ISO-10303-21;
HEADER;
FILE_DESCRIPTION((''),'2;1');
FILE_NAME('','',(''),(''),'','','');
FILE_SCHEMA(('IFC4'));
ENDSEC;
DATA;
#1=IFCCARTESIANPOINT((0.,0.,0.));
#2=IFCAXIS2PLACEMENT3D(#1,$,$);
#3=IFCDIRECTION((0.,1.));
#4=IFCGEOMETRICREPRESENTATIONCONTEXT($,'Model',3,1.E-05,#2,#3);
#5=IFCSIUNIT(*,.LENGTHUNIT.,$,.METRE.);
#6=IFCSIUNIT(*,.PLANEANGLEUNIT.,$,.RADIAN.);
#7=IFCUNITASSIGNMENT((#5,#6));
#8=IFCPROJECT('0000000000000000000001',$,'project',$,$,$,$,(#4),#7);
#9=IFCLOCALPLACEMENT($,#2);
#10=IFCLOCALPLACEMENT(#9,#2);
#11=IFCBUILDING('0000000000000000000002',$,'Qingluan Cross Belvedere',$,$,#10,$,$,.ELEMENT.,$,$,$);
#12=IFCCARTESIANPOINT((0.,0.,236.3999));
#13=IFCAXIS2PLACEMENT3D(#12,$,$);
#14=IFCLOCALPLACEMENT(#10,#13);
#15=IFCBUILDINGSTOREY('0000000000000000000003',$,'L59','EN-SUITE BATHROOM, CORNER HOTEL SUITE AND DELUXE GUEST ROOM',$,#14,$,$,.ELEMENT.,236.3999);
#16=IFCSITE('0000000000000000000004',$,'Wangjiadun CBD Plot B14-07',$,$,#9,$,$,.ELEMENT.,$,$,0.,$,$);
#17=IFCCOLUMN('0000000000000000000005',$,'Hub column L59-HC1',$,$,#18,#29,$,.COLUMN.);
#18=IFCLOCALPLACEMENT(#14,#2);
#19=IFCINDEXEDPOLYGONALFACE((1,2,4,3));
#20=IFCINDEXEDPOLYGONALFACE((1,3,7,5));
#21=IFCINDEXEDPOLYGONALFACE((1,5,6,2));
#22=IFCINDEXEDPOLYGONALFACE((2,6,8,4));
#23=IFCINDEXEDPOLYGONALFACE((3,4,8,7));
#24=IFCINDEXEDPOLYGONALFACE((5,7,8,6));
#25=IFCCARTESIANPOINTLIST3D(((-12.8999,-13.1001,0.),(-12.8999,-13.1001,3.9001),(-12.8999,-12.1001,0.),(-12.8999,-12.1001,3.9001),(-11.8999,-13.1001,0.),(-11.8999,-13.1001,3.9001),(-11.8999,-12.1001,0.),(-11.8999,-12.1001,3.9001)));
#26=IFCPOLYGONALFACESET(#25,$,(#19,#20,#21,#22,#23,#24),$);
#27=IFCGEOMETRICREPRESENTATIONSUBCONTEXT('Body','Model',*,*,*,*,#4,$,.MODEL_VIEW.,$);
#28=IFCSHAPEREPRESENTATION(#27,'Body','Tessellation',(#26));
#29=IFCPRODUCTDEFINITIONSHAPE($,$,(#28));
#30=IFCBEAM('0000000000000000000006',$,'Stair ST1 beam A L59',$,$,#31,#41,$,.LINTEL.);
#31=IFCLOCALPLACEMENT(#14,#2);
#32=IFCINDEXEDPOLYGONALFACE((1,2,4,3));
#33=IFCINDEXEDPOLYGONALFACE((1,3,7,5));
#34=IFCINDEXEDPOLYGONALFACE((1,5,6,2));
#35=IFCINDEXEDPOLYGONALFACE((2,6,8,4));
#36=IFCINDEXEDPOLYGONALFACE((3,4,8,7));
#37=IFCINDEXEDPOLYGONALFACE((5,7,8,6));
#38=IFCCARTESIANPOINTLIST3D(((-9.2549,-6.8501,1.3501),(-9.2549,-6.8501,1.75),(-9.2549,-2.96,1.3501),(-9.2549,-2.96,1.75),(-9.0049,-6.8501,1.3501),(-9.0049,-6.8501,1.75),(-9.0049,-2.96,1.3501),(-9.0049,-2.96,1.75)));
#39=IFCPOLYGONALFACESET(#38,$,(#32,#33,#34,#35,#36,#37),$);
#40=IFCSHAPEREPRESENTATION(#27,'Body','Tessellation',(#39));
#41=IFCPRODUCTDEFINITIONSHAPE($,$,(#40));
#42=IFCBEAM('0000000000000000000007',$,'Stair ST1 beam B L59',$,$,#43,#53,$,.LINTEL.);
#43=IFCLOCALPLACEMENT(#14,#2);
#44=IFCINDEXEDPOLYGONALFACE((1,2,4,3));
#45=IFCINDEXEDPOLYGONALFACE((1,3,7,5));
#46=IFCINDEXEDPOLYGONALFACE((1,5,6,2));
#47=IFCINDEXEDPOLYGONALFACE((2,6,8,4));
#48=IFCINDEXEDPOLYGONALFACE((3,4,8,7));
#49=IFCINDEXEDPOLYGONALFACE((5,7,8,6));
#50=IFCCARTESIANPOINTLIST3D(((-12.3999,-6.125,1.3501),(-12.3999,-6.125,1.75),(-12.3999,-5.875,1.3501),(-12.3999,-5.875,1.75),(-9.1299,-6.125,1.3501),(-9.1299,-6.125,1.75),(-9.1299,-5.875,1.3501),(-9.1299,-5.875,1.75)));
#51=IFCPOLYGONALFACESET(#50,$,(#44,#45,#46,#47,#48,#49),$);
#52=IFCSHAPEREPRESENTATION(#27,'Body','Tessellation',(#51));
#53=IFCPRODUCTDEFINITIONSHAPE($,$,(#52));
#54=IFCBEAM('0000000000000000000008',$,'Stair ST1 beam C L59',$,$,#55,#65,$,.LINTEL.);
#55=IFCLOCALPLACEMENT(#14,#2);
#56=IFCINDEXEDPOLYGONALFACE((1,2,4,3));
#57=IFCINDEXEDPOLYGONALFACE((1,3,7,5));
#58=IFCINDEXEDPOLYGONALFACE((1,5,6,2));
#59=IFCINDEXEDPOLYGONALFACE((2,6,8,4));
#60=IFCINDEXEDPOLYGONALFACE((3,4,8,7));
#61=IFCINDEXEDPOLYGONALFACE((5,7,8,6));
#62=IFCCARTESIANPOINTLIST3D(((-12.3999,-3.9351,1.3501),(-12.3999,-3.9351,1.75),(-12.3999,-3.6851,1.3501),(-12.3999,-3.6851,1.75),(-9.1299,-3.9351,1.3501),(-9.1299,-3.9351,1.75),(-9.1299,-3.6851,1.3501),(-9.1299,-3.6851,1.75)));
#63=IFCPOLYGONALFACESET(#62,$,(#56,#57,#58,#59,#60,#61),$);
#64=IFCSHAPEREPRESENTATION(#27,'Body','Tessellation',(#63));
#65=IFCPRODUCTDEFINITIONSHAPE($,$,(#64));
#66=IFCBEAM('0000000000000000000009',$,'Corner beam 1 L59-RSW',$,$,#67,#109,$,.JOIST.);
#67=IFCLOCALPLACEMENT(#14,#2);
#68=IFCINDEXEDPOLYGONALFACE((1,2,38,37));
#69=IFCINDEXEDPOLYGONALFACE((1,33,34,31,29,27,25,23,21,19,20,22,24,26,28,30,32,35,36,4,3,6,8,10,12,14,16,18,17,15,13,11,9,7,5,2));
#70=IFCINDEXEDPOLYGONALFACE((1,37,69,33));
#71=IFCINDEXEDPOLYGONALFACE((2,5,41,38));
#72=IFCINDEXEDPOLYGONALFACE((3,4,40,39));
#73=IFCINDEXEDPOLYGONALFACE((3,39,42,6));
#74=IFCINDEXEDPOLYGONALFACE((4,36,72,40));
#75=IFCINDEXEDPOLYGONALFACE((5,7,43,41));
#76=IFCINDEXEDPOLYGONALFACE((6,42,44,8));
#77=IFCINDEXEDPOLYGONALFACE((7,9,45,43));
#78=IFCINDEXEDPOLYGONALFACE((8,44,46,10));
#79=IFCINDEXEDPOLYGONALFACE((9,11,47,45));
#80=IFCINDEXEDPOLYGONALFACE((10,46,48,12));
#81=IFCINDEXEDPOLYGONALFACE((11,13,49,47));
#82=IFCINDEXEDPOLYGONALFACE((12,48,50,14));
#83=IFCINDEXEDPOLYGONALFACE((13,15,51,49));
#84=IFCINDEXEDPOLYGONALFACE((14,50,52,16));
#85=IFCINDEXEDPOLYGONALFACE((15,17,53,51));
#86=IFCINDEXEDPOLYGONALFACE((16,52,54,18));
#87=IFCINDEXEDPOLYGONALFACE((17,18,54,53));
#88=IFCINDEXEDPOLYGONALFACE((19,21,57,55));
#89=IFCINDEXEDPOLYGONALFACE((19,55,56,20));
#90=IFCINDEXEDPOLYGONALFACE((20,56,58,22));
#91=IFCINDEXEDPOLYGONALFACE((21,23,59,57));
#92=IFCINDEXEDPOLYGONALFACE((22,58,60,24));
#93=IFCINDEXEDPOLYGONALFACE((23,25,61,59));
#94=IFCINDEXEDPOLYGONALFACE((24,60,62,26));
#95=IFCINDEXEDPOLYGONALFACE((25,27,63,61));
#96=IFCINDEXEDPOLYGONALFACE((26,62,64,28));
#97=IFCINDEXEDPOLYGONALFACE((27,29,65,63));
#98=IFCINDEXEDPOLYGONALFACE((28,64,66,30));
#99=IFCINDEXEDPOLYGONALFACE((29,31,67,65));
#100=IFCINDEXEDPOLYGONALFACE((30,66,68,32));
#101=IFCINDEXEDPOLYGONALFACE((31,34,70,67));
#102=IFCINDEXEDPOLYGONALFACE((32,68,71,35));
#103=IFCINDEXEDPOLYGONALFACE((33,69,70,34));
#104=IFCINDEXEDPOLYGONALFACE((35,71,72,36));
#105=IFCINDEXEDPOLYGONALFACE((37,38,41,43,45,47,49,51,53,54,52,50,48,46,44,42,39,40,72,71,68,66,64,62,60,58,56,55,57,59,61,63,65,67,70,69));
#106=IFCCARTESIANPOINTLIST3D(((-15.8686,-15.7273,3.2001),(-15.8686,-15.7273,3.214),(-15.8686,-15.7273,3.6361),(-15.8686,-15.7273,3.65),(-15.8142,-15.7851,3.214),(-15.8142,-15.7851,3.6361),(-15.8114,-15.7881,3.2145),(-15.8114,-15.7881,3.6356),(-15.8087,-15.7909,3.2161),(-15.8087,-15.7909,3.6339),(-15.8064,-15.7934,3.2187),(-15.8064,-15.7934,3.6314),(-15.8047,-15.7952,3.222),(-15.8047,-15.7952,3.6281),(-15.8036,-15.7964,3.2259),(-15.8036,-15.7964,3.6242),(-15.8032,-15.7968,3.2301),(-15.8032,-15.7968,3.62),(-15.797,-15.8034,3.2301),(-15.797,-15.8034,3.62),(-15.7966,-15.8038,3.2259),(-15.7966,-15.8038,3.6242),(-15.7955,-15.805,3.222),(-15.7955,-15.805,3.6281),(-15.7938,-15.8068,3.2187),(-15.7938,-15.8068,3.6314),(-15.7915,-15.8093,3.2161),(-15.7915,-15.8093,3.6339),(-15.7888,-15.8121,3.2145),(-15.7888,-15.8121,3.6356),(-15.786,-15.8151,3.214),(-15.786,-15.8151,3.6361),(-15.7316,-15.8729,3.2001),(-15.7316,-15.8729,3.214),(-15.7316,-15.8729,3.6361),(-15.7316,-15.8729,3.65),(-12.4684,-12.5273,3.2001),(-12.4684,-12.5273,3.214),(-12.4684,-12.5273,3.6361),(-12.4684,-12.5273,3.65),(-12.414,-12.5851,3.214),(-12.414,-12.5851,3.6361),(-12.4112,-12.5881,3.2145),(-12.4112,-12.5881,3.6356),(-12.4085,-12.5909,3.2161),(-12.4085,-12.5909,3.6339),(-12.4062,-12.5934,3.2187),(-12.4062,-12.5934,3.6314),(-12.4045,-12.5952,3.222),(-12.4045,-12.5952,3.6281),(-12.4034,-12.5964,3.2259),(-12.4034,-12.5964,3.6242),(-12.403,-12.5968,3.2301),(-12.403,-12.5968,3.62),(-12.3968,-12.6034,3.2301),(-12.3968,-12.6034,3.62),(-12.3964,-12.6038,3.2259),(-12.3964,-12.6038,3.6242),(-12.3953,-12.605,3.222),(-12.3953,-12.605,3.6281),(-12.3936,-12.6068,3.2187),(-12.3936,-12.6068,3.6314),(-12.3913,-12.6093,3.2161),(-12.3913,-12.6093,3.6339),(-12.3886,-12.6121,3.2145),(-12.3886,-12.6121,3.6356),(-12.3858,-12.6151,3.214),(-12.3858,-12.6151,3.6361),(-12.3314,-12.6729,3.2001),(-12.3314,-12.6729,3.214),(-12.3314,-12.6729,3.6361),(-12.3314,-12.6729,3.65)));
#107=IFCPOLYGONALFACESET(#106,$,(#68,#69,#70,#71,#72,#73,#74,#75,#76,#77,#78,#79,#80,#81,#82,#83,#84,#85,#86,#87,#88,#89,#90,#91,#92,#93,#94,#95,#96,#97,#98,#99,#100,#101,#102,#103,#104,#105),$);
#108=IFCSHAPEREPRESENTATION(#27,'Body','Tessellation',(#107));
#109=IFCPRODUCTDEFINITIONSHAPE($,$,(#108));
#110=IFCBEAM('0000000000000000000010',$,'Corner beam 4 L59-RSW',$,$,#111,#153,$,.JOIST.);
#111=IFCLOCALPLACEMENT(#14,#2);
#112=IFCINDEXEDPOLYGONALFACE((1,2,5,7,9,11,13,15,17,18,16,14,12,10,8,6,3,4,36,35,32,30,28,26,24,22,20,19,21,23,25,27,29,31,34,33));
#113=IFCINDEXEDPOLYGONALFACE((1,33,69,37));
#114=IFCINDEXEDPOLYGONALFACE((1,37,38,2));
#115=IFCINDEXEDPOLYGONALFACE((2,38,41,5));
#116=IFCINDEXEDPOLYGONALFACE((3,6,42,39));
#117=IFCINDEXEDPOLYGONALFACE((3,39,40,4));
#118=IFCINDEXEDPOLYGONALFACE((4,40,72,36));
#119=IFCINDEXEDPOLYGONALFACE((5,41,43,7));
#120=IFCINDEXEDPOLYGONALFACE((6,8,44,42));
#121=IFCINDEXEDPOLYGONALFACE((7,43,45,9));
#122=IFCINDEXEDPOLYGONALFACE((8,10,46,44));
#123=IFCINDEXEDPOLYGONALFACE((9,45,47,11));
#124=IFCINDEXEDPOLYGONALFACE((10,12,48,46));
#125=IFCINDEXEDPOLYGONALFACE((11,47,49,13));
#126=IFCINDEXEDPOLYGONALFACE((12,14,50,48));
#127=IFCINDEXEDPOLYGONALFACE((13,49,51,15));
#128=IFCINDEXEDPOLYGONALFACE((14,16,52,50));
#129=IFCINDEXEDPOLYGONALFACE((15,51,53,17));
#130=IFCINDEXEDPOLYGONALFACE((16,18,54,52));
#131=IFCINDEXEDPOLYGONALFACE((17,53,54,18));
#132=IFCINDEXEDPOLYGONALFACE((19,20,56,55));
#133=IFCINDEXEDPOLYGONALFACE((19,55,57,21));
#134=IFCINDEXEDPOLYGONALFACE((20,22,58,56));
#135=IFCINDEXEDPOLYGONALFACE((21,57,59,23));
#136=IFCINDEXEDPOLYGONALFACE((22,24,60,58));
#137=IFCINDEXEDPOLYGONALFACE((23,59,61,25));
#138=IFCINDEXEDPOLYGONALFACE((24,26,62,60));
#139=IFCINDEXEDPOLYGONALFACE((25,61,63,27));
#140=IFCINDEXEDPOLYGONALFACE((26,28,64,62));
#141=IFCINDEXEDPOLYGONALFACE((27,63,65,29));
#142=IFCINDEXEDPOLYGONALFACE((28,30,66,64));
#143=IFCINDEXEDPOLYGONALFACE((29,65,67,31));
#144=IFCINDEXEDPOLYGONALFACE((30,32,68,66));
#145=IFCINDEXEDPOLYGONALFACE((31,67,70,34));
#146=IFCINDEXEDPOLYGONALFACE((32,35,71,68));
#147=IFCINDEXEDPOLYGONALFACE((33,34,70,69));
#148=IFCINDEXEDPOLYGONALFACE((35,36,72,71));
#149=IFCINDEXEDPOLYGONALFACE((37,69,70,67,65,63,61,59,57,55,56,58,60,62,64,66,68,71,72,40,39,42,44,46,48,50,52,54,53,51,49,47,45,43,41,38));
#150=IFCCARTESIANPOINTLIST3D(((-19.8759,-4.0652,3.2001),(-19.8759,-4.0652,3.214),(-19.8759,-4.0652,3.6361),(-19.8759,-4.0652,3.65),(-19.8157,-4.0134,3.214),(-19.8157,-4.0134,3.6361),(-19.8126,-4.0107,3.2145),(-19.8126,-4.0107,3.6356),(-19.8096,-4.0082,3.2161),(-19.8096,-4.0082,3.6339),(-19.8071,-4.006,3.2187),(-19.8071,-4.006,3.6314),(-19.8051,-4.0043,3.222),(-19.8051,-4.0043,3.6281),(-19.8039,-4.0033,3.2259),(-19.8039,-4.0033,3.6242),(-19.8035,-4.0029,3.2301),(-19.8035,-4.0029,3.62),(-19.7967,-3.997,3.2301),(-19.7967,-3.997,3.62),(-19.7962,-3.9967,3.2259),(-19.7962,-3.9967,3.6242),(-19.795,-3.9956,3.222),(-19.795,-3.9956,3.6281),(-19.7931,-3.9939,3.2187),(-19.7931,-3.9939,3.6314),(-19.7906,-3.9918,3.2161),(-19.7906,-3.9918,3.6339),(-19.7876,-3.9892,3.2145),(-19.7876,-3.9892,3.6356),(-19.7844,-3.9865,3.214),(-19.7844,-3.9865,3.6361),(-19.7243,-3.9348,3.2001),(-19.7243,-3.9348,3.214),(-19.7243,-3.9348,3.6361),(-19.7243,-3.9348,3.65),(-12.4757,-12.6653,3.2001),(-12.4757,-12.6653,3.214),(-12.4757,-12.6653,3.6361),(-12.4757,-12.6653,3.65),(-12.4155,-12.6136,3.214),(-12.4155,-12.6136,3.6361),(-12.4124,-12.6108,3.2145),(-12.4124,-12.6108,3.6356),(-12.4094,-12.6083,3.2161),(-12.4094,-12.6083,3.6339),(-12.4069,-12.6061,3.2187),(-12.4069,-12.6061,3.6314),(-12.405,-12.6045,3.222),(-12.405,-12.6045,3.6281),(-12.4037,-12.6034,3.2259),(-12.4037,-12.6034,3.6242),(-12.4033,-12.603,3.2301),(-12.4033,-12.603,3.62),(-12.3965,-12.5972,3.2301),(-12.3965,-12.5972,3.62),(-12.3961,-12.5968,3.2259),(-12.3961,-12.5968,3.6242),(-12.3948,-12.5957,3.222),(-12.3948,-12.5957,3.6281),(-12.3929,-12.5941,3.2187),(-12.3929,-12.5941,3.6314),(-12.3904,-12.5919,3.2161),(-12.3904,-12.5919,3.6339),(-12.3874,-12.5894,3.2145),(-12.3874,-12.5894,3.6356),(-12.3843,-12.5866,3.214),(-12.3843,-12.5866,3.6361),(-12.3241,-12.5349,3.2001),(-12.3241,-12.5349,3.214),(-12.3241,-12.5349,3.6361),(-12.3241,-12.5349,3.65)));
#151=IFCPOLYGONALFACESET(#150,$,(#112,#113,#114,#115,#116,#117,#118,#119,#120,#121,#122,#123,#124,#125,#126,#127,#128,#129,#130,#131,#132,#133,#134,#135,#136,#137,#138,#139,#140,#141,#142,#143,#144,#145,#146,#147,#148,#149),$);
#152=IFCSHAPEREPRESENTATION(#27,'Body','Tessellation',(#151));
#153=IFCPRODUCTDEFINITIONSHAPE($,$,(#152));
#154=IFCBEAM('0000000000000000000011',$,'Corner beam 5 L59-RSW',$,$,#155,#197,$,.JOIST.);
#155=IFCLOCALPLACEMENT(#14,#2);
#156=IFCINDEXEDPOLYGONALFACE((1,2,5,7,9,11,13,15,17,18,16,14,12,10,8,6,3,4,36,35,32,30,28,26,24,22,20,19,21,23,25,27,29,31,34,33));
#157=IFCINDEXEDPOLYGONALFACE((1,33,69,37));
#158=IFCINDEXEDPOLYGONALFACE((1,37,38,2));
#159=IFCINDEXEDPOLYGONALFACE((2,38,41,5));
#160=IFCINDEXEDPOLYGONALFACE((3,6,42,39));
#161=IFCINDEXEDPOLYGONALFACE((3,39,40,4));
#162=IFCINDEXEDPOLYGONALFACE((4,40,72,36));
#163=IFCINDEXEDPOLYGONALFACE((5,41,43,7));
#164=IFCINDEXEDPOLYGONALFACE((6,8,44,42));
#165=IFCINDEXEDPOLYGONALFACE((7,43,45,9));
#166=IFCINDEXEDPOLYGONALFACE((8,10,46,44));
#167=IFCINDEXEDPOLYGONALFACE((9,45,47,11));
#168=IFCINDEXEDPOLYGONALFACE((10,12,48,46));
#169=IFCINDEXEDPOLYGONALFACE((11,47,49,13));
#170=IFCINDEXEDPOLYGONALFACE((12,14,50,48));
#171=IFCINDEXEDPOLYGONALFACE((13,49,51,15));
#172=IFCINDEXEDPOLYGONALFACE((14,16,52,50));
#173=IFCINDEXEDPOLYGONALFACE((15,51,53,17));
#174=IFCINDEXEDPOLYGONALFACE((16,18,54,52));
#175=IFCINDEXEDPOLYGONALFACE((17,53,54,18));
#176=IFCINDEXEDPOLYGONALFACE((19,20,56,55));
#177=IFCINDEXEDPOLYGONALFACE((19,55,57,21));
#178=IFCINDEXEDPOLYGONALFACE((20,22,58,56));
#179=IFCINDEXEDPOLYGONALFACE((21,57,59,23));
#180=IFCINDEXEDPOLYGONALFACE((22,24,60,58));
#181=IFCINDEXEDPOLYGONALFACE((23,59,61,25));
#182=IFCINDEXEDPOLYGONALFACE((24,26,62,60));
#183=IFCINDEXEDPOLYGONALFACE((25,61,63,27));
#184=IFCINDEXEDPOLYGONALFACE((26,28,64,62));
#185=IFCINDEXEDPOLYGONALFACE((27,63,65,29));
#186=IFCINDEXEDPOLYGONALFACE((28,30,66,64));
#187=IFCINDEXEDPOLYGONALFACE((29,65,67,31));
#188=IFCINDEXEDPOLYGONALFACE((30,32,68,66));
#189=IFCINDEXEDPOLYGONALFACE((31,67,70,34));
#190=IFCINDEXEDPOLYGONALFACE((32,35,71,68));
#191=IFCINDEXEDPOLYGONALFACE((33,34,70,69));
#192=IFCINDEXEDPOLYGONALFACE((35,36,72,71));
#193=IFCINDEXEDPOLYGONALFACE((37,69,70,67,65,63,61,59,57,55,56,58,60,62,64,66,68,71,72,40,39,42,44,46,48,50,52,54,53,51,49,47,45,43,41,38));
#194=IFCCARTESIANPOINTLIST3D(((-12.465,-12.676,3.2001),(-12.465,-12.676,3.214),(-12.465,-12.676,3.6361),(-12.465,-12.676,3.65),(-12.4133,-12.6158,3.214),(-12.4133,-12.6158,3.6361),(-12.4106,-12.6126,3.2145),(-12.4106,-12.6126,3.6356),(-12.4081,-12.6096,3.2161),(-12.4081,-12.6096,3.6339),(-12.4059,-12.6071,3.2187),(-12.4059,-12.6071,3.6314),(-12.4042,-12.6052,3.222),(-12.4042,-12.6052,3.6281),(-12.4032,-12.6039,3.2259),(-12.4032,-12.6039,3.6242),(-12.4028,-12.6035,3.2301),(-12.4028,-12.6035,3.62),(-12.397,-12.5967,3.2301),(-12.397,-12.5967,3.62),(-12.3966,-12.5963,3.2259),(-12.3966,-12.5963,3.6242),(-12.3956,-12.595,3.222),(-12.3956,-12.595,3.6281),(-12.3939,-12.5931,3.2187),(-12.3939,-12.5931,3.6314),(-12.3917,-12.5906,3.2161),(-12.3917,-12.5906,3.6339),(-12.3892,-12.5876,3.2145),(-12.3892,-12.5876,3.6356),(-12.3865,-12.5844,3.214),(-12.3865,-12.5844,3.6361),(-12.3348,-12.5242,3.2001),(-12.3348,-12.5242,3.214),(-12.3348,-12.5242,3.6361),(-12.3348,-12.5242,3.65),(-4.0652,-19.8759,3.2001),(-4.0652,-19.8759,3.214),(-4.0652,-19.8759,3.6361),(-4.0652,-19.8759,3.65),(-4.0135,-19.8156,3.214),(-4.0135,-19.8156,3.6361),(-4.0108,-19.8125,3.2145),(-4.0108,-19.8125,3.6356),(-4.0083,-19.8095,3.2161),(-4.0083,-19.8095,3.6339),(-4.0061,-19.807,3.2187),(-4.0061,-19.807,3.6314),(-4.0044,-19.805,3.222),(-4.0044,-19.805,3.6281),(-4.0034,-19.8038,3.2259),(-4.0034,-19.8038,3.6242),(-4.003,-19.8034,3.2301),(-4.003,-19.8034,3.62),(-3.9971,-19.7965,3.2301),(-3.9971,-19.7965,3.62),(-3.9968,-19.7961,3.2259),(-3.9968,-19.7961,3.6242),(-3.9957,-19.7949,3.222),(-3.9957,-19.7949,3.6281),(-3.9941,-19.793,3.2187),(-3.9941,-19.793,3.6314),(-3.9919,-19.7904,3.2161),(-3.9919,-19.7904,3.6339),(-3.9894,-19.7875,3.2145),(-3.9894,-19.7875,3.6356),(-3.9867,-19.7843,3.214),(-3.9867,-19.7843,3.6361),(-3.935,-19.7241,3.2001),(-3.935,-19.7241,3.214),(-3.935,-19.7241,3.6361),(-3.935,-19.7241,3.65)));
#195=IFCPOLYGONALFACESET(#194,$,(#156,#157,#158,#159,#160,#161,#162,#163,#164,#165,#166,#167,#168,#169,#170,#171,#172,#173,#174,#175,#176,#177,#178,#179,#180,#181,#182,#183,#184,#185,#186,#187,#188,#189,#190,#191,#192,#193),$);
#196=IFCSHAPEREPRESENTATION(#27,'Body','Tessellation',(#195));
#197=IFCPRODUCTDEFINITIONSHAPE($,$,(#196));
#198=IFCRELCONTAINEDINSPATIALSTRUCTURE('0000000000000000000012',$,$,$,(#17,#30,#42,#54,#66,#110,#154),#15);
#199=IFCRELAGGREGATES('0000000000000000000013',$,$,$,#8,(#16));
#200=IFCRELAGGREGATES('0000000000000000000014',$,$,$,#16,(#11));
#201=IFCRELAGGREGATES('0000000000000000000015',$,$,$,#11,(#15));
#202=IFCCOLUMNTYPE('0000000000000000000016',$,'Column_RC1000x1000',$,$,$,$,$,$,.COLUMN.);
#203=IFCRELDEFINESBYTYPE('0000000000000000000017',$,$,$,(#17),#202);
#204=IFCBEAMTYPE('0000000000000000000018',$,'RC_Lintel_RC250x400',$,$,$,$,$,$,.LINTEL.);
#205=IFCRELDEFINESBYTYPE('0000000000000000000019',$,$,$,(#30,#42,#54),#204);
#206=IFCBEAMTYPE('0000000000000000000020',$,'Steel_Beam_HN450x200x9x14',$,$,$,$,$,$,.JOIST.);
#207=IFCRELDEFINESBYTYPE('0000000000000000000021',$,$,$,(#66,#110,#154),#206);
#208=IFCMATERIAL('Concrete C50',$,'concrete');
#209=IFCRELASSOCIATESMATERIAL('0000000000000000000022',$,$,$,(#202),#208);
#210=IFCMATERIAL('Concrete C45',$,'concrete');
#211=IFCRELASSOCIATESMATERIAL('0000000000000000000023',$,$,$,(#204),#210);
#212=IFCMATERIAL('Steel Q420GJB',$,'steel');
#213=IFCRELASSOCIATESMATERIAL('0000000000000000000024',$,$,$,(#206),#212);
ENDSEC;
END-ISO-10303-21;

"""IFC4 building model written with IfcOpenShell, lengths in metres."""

from ifc_helpers import new_model, si_unit, direction, frame, origin, origin_2d, place, context, subcontext, project, spatial, rectangle, i_section, extrude, material, material_profile, profile_set, type_object, element, save


model = new_model("IFC4")

# Units and contexts
model_context = context("Model", 3, precision=1e-05, world=origin(), true_north=direction((0.0, 1.0)))
body_context = subcontext(model_context, "Body", "Model", "MODEL_VIEW")
ifc_project = project(units=[si_unit("LENGTHUNIT", "METRE"), si_unit("PLANEANGLEUNIT", "RADIAN")], contexts=[model_context])

# Site, building, storey
site_placement = place(None, origin())
site = spatial("IfcSite", under=ifc_project, at=site_placement, Name="Wangjiadun CBD Plot B14-07", CompositionType="ELEMENT", RefElevation=0.0)
building_placement = place(site_placement, origin())
building = spatial("IfcBuilding", under=site, at=building_placement, Name="Qingluan Cross Belvedere", CompositionType="ELEMENT")
storey_placement = place(building_placement, frame((0.0, 0.0, 236.3999)))
storey = spatial("IfcBuildingStorey", under=building, at=storey_placement, Name="L59", Description="EN-SUITE BATHROOM, CORNER HOTEL SUITE AND DELUXE GUEST ROOM", CompositionType="ELEMENT", Elevation=236.3999)

# Column
ifc_material_1 = material(Name="Concrete C50", Category="concrete")
ifc_material_profile_1 = material_profile(ifc_material_1, rectangle(XDim=1.0, YDim=1.0, at=origin_2d()), Name="RC1000x1000")
ifc_profile_set_1 = profile_set([ifc_material_profile_1], Name="Concrete C50")
column_type = type_object("IfcColumnType", Name="Column_RC1000x1000", PredefinedType="COLUMN", material=ifc_profile_set_1)
column_placement = place(storey_placement, frame((-12.3999, -12.6001, 0.0), z_axis=(0.0, 0.0, 1.0), x_axis=(1.0, 0.0, 0.0)))
element("IfcColumn", 1, at=column_placement, inside=storey, type_object=column_type, Name="Hub column L59-HC1", PredefinedType="COLUMN", context=body_context, shape_type="SweptSolid", body=[
    extrude(rectangle(XDim=1.0, YDim=1.0, at=origin_2d()), origin(), (0.0, 0.0, 1.0), 3.9001),
])

# Beams
ifc_material_2 = material(Name="Concrete C45", Category="concrete")
ifc_material_profile_2 = material_profile(ifc_material_2, rectangle(XDim=0.25, YDim=0.3999, at=origin_2d()), Name="RC250x400")
ifc_profile_set_2 = profile_set([ifc_material_profile_2], Name="Concrete C45")
beam_type_1 = type_object("IfcBeamType", Name="RC_Lintel_RC250x400", PredefinedType="LINTEL", material=ifc_profile_set_2)
beam_1_placement = place(storey_placement, frame((-9.1299, -6.8501, 1.55), z_axis=(0.0, 1.0, 0.0), x_axis=(-1.0, 0.0, 0.0)))
element("IfcBeam", 2, at=beam_1_placement, inside=storey, type_object=beam_type_1, Name="Stair ST1 beam A L59", PredefinedType="LINTEL", context=body_context, shape_type="SweptSolid", body=[
    extrude(rectangle(XDim=0.25, YDim=0.3999, at=origin_2d()), origin(), (0.0, 0.0, 1.0), 3.8901),
])
for number, where, z_axis, x_axis, name in (
    (3, (-12.3999, -6.0, 1.55), (1.0, 0.0, 0.0), (0.0, 1.0, 0.0), "Stair ST1 beam B L59"),
    (4, (-12.3999, -3.8101, 1.55), (1.0, 0.0, 0.0), (0.0, 1.0, 0.0), "Stair ST1 beam C L59"),
):
    element("IfcBeam", number, at=place(storey_placement, frame(where, z_axis=z_axis, x_axis=x_axis)), inside=storey, type_object=beam_type_1, Name=name, PredefinedType="LINTEL", context=body_context, shape_type="SweptSolid", body=[
        extrude(rectangle(XDim=0.25, YDim=0.3999, at=origin_2d()), origin(), (0.0, 0.0, 1.0), 3.27),
    ])
ifc_material_3 = material(Name="Steel Q420GJB", Category="steel")
ifc_material_profile_3 = material_profile(ifc_material_3, i_section(OverallWidth=0.2, OverallDepth=0.45, WebThickness=0.009, FlangeThickness=0.0139, FilletRadius=0.0161, at=origin_2d()), Name="HN450x200x9x14")
ifc_profile_set_3 = profile_set([ifc_material_profile_3], Name="Steel Q420GJB")
beam_type_2 = type_object("IfcBeamType", Name="Steel_Beam_HN450x200x9x14", PredefinedType="JOIST", material=ifc_profile_set_3)
beam_2_placement = place(storey_placement, frame((-12.3999, -12.6001, 3.425), z_axis=(-0.72822, -0.685343, 0.0), x_axis=(0.685343, -0.72822, 0.0)))
element("IfcBeam", 5, at=beam_2_placement, inside=storey, type_object=beam_type_2, Name="Corner beam 1 L59-RSW", PredefinedType="JOIST", context=body_context, shape_type="SweptSolid", body=[
    extrude(i_section(OverallWidth=0.2, OverallDepth=0.45, WebThickness=0.009, FlangeThickness=0.0139, FilletRadius=0.0161, at=origin_2d()), origin(), (0.0, 0.0, 1.0), 4.6692),
])
beam_3_placement = place(storey_placement, frame((-12.3999, -12.6001, 3.425), z_axis=(-0.652245, 0.758008, 0.0), x_axis=(-0.758008, -0.652245, 0.0)))
element("IfcBeam", 6, at=beam_3_placement, inside=storey, type_object=beam_type_2, Name="Corner beam 4 L59-RSW", PredefinedType="JOIST", context=body_context, shape_type="SweptSolid", body=[
    extrude(i_section(OverallWidth=0.2, OverallDepth=0.45, WebThickness=0.009, FlangeThickness=0.0139, FilletRadius=0.0161, at=origin_2d()), origin(), (0.0, 0.0, 1.0), 11.3457),
])
beam_4_placement = place(storey_placement, frame((-12.3999, -12.6001, 3.425), z_axis=(0.759255, -0.650793, 0.0), x_axis=(0.650793, 0.759255, 0.0)))
element("IfcBeam", 7, at=beam_4_placement, inside=storey, type_object=beam_type_2, Name="Corner beam 5 L59-RSW", PredefinedType="JOIST", context=body_context, shape_type="SweptSolid", body=[
    extrude(i_section(OverallWidth=0.2, OverallDepth=0.45, WebThickness=0.009, FlangeThickness=0.0139, FilletRadius=0.0161, at=origin_2d()), origin(), (0.0, 0.0, 1.0), 11.0632),
])

save(model, "model.ifc")
